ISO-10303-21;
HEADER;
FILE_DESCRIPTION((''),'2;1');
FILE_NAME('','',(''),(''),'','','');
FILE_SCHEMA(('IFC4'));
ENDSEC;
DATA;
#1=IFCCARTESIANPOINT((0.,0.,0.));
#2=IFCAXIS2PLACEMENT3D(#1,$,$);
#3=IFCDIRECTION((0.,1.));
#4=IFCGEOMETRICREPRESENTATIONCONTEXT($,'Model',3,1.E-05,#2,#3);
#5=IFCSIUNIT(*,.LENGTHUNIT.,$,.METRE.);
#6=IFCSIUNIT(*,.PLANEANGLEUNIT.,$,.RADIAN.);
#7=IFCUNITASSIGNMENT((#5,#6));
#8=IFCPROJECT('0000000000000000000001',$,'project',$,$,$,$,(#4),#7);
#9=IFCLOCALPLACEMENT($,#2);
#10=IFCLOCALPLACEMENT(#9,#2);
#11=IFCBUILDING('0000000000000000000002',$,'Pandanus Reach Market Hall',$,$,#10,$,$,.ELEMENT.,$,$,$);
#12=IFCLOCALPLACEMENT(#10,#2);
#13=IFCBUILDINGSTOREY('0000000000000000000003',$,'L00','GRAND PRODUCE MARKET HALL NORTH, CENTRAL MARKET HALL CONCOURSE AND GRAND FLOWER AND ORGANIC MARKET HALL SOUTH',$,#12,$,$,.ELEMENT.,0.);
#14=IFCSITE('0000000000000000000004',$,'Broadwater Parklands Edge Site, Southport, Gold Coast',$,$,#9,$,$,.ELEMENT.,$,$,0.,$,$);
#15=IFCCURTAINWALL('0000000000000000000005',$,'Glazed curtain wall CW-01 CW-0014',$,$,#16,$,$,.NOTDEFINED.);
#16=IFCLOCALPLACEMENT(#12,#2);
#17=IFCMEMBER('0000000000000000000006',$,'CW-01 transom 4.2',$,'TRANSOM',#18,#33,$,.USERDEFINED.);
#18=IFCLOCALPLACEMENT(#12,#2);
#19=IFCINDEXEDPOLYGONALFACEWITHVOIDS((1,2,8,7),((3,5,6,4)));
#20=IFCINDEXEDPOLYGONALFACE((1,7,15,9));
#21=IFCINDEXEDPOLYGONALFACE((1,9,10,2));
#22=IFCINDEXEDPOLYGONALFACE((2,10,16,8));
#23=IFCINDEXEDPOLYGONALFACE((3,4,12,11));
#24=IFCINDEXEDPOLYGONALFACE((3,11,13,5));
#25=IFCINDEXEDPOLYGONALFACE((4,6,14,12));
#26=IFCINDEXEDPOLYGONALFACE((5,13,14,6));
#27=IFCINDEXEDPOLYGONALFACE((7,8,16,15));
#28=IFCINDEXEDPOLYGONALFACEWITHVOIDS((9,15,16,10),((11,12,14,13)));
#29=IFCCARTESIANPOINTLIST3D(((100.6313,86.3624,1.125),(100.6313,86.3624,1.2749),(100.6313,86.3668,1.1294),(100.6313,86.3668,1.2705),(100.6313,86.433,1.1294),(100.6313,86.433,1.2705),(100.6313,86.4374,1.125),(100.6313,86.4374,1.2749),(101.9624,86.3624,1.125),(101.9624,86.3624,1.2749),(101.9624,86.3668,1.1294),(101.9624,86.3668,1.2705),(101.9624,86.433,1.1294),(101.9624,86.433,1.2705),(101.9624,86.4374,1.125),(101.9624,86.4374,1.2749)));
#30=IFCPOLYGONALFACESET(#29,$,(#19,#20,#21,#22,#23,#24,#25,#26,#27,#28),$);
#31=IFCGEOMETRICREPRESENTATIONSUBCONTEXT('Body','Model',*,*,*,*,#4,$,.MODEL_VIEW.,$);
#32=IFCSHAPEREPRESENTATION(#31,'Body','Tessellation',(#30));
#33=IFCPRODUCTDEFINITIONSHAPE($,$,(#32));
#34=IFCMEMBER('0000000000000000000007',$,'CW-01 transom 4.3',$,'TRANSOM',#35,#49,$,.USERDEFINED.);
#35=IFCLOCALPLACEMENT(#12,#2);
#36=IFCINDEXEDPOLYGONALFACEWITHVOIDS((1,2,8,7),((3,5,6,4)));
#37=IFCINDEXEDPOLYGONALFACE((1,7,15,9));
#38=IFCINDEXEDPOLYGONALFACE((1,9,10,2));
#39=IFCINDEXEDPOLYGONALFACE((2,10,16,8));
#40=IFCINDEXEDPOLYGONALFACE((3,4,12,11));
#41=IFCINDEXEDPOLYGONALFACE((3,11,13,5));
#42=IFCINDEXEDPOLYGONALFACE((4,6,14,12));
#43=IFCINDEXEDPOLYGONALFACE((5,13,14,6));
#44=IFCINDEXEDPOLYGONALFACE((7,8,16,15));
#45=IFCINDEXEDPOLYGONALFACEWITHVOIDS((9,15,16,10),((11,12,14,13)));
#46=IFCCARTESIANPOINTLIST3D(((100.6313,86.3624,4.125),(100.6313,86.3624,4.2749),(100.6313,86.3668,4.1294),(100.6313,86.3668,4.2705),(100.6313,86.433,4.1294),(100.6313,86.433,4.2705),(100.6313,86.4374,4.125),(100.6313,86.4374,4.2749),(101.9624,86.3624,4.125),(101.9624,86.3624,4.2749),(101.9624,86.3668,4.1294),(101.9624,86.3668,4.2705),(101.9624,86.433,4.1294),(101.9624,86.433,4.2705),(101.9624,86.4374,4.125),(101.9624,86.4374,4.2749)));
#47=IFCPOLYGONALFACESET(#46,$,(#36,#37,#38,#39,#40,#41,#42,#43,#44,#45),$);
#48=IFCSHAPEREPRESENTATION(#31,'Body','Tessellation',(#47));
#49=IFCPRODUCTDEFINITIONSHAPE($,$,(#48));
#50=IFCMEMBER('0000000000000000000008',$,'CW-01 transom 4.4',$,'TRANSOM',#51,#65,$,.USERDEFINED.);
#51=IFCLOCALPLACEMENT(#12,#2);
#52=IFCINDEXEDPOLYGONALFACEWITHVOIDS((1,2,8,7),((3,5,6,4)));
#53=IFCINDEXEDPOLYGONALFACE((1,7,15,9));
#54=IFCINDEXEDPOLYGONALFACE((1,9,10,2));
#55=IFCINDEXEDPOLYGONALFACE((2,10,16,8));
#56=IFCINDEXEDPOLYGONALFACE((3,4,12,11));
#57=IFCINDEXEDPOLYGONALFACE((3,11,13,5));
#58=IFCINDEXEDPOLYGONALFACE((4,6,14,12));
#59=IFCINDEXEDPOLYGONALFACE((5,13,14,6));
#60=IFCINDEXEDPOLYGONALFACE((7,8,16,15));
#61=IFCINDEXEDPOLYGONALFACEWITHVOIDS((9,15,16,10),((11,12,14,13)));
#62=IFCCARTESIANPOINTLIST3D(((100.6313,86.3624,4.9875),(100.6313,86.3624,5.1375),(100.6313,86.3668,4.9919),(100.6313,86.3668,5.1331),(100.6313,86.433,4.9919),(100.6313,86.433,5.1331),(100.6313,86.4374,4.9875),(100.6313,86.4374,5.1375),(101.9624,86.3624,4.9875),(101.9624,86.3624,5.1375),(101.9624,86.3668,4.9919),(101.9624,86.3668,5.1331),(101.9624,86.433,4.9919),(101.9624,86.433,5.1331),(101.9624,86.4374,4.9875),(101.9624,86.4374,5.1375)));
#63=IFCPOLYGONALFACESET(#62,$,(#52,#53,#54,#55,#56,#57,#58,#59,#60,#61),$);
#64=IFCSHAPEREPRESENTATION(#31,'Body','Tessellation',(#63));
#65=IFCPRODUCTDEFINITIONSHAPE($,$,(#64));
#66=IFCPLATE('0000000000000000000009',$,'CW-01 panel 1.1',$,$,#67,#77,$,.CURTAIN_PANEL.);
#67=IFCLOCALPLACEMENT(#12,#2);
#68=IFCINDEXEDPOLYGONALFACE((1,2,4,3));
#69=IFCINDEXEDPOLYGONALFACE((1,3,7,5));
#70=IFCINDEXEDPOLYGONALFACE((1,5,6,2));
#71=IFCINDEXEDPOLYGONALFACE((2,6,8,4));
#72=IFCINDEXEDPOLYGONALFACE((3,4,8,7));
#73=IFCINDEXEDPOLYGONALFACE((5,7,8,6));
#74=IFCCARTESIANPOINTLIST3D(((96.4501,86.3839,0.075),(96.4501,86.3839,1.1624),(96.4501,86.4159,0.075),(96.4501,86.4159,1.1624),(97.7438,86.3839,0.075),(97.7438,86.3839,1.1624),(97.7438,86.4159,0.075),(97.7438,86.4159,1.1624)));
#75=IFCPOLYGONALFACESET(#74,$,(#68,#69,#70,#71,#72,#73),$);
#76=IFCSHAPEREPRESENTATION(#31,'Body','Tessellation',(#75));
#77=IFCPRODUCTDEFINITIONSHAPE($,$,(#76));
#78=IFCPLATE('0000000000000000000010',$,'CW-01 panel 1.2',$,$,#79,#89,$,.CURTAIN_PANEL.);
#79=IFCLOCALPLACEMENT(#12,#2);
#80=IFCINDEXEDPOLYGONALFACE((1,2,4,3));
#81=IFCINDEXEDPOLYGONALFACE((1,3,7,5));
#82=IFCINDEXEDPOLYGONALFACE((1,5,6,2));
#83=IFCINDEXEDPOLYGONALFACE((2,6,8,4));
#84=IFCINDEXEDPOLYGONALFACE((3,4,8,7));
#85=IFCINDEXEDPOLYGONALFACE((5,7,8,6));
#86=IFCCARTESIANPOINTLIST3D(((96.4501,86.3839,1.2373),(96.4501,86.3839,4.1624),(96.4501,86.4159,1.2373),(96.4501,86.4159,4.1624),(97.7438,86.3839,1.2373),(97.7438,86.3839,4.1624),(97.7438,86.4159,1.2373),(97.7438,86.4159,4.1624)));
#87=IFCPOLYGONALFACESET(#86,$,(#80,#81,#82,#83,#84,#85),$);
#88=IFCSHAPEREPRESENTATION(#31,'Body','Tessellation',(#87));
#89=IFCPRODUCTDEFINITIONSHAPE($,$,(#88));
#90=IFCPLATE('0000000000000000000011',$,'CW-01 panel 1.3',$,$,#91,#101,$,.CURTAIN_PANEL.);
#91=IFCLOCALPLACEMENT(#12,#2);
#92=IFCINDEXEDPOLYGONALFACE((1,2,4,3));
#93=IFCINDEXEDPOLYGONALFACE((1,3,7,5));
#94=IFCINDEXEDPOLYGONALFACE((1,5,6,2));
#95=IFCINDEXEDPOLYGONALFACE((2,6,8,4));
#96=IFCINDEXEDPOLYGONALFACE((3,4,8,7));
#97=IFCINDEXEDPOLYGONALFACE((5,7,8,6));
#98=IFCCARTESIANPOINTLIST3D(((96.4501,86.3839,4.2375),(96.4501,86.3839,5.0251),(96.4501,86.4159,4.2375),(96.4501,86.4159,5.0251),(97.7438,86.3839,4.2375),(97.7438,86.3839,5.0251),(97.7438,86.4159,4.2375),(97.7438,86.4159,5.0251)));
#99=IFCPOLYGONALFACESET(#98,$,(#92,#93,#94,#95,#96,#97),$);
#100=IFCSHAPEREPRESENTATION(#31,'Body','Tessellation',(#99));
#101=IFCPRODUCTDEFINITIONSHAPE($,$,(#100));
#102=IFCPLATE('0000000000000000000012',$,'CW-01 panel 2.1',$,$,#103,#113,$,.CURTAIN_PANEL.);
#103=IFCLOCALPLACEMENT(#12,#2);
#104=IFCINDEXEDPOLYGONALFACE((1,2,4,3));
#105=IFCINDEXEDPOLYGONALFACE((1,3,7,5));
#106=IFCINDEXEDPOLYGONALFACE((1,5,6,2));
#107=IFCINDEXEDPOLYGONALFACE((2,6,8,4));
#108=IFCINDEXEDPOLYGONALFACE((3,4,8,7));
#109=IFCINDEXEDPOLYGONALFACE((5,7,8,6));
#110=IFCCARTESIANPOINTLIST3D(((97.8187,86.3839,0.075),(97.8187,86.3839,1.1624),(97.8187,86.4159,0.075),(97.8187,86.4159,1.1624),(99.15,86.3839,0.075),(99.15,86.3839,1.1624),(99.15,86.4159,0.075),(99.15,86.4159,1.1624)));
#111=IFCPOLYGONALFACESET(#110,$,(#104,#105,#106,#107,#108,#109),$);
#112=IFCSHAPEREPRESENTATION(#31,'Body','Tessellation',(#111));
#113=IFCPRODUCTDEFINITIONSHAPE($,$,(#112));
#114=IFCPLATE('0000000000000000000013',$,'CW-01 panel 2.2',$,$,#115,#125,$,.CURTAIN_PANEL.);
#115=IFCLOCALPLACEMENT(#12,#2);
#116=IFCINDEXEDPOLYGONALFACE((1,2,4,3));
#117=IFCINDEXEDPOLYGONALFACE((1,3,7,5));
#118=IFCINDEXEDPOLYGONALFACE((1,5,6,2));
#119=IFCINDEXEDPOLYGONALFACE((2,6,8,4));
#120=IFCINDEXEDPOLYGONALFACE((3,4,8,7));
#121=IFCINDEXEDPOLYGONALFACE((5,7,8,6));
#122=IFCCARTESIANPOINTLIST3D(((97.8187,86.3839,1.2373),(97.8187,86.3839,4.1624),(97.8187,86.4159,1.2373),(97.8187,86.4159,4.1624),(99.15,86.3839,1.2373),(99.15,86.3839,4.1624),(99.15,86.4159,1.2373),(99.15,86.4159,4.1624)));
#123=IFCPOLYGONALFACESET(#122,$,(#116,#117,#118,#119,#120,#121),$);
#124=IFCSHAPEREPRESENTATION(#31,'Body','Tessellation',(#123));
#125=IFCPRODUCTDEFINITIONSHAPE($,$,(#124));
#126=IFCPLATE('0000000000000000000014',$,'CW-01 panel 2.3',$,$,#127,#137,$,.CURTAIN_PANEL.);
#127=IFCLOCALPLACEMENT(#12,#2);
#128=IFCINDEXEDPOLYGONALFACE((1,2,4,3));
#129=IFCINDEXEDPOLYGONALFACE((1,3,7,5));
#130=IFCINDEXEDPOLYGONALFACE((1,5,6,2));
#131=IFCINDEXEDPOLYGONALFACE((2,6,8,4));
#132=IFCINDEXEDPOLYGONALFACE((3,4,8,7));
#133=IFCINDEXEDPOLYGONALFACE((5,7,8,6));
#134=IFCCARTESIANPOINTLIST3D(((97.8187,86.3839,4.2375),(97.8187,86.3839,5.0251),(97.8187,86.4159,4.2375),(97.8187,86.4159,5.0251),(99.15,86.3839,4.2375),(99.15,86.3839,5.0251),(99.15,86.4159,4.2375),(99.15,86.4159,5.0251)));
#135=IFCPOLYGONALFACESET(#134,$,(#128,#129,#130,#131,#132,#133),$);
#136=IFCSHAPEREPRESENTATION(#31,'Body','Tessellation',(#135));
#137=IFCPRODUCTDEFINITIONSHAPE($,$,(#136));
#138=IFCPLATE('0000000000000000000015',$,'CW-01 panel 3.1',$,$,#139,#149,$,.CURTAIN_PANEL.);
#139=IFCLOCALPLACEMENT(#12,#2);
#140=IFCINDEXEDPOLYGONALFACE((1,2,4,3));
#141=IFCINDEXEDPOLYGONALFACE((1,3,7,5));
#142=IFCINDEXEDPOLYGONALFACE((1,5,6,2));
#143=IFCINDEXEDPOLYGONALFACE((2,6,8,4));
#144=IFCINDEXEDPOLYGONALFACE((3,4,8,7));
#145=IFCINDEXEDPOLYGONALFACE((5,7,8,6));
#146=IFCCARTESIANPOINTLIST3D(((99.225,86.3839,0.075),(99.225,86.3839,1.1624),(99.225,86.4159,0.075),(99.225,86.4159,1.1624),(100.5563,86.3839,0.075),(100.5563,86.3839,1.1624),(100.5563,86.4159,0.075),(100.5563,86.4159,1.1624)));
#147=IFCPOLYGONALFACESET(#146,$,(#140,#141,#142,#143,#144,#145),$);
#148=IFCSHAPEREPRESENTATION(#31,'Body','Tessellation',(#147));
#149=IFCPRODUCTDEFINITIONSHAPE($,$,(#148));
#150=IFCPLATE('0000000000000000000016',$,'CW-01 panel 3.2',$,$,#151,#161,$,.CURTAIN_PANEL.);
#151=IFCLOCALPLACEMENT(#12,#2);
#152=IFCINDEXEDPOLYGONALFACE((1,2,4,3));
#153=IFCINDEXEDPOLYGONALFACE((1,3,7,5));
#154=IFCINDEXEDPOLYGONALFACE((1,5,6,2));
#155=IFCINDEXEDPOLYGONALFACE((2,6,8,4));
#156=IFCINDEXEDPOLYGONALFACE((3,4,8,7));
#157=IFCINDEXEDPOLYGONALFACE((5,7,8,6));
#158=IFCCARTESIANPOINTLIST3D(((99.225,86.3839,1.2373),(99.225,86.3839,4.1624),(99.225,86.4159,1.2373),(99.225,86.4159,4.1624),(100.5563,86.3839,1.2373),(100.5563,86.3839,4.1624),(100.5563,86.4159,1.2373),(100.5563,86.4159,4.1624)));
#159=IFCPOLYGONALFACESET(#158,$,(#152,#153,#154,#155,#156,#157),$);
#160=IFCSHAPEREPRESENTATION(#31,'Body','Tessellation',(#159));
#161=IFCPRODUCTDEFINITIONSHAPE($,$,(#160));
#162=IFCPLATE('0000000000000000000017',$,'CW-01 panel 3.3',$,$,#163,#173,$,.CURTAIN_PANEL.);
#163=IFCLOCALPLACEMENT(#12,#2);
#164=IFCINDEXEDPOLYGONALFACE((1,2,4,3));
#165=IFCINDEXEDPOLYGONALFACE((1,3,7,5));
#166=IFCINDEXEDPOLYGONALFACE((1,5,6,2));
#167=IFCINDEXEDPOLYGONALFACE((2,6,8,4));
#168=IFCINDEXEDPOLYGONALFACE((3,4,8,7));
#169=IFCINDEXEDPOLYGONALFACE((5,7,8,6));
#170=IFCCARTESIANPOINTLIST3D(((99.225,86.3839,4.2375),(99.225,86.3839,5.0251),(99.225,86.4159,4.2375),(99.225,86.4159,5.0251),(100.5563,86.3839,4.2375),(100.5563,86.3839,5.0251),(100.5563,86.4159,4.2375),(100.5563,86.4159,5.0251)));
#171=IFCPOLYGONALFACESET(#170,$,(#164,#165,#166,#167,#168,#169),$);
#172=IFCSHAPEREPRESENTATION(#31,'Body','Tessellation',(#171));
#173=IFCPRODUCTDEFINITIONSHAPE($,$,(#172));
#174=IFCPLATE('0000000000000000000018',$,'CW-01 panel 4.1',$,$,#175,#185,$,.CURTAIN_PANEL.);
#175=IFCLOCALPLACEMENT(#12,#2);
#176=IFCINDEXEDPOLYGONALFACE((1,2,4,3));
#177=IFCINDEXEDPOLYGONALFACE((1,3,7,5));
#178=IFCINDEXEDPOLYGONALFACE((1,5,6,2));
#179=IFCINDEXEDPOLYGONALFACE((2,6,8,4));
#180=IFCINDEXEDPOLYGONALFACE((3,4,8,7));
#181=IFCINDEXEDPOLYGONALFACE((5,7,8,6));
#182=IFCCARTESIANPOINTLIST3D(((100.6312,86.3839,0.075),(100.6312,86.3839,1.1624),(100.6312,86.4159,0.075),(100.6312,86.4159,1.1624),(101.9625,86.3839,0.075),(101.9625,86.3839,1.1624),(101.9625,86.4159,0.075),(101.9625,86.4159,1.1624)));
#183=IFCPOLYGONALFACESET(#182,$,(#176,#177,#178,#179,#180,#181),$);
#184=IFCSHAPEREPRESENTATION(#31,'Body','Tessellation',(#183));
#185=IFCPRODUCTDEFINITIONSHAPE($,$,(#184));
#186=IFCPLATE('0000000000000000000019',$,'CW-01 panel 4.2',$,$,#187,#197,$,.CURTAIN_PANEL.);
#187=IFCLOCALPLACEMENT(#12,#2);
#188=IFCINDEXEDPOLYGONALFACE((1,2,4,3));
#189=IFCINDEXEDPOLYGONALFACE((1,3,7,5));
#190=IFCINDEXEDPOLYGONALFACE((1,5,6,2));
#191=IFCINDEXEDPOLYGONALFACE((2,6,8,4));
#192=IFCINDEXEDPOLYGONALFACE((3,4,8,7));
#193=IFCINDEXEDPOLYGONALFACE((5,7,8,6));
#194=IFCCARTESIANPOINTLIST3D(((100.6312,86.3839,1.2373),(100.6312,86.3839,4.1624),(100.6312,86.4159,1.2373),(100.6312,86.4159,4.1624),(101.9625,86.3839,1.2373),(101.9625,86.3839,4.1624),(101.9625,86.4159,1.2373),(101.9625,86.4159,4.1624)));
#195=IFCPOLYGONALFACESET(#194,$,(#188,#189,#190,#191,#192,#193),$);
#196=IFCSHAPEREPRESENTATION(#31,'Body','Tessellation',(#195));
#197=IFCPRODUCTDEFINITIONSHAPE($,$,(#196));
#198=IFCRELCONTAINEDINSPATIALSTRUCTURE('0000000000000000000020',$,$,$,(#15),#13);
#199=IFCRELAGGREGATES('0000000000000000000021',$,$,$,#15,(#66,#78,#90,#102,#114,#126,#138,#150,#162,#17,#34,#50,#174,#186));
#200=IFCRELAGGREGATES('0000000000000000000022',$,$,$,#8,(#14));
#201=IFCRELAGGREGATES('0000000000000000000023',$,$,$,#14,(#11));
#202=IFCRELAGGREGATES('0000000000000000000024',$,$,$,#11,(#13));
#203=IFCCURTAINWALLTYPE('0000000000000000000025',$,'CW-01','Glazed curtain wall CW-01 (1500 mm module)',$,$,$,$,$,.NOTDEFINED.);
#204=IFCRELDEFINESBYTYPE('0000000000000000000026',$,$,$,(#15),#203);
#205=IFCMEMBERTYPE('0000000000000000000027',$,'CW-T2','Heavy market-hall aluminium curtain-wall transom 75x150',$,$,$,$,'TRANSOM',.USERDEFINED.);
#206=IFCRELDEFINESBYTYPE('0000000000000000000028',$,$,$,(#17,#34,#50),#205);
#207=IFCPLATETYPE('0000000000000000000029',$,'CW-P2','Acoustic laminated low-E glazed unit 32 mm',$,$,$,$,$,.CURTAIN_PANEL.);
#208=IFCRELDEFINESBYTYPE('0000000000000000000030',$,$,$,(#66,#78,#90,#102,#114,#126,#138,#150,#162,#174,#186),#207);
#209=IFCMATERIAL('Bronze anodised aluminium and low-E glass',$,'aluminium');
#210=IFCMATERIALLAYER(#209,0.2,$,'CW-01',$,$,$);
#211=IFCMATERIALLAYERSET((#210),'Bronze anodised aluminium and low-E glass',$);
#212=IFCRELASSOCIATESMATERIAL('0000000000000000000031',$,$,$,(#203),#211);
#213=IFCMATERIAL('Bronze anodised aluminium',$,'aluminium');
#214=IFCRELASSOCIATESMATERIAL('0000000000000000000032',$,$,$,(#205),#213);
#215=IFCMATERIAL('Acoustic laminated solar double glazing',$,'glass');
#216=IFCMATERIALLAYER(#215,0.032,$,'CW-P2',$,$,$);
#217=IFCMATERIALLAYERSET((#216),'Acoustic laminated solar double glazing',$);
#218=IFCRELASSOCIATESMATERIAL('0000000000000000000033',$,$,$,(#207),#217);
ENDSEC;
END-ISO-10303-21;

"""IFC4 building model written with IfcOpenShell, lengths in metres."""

from ifc_helpers import new_model, si_unit, direction, frame, origin, origin_2d, place, context, subcontext, project, spatial, rectangle, hollow_rectangle, extrude, material, layer, layer_set, material_profile, profile_set, type_object, element, aggregate, save


model = new_model("IFC4")

# Units and contexts
model_context = context("Model", 3, precision=1e-05, world=origin(), true_north=direction((0.0, 1.0)))
body_context = subcontext(model_context, "Body", "Model", "MODEL_VIEW")
ifc_project = project(units=[si_unit("LENGTHUNIT", "METRE"), si_unit("PLANEANGLEUNIT", "RADIAN")], contexts=[model_context])

# Site, building, storey
site_placement = place(None, origin())
site = spatial("IfcSite", under=ifc_project, at=site_placement, Name="Broadwater Parklands Edge Site, Southport, Gold Coast", CompositionType="ELEMENT", RefElevation=0.0)
building_placement = place(site_placement, origin())
building = spatial("IfcBuilding", under=site, at=building_placement, Name="Pandanus Reach Market Hall", CompositionType="ELEMENT")
storey_placement = place(building_placement, origin())
storey = spatial("IfcBuildingStorey", under=building, at=storey_placement, Name="L00", Description="GRAND PRODUCE MARKET HALL NORTH, CENTRAL MARKET HALL CONCOURSE AND GRAND FLOWER AND ORGANIC MARKET HALL SOUTH", CompositionType="ELEMENT", Elevation=0.0)

# Curtain wall, members, plates
ifc_material_1 = material(Name="Bronze anodised aluminium and low-E glass", Category="aluminium")
ifc_layer_1 = layer(ifc_material_1, 0.2, Name="CW-01")
ifc_layer_set_1 = layer_set([ifc_layer_1], Name="Bronze anodised aluminium and low-E glass")
curtain_wall_type = type_object("IfcCurtainWallType", Name="CW-01", Description="Glazed curtain wall CW-01 (1500 mm module)", PredefinedType="NOTDEFINED", material=ifc_layer_set_1)
curtain_wall_placement = place(storey_placement, origin())
curtain_wall = element("IfcCurtainWall", 1, at=curtain_wall_placement, inside=storey, type_object=curtain_wall_type, Name="Glazed curtain wall CW-01 CW-0014", PredefinedType="NOTDEFINED")
ifc_material_2 = material(Name="Bronze anodised aluminium", Category="aluminium")
ifc_material_profile_1 = material_profile(ifc_material_2, hollow_rectangle(XDim=0.075, YDim=0.1499, WallThickness=0.0044, at=origin_2d()), Name="ALU75x150", Category="LoadBearing")
ifc_profile_set_1 = profile_set([ifc_material_profile_1], Name="Bronze anodised aluminium")
member_type_1 = type_object("IfcMemberType", Name="CW-T2", Description="Heavy market-hall aluminium curtain-wall transom 75x150", ElementType="TRANSOM", PredefinedType="USERDEFINED", material=ifc_profile_set_1)
member_1_placement = place(storey_placement, frame((100.6313, 86.3999, 1.2), z_axis=(1.0, 0.0, 0.0), x_axis=(0.0, 1.0, 0.0)))
member_1 = element("IfcMember", 2, at=member_1_placement, type_object=member_type_1, Name="CW-01 transom 4.2", ObjectType="TRANSOM", PredefinedType="USERDEFINED", context=body_context, shape_type="SweptSolid", body=[
    extrude(hollow_rectangle(XDim=0.075, YDim=0.1499, WallThickness=0.0044, at=origin_2d()), origin(), (0.0, 0.0, 1.0), 1.3311),
])
member_2_placement = place(storey_placement, frame((100.6313, 86.3999, 4.2), z_axis=(1.0, 0.0, 0.0), x_axis=(0.0, 1.0, 0.0)))
member_2 = element("IfcMember", 3, at=member_2_placement, type_object=member_type_1, Name="CW-01 transom 4.3", ObjectType="TRANSOM", PredefinedType="USERDEFINED", context=body_context, shape_type="SweptSolid", body=[
    extrude(hollow_rectangle(XDim=0.075, YDim=0.1499, WallThickness=0.0044, at=origin_2d()), origin(), (0.0, 0.0, 1.0), 1.3311),
])
member_3_placement = place(storey_placement, frame((100.6313, 86.3999, 5.0625), z_axis=(1.0, 0.0, 0.0), x_axis=(0.0, 1.0, 0.0)))
member_3 = element("IfcMember", 4, at=member_3_placement, type_object=member_type_1, Name="CW-01 transom 4.4", ObjectType="TRANSOM", PredefinedType="USERDEFINED", context=body_context, shape_type="SweptSolid", body=[
    extrude(hollow_rectangle(XDim=0.075, YDim=0.1499, WallThickness=0.0044, at=origin_2d()), origin(), (0.0, 0.0, 1.0), 1.3311),
])
ifc_material_3 = material(Name="Acoustic laminated solar double glazing", Category="glass")
ifc_layer_2 = layer(ifc_material_3, 0.032, Name="CW-P2")
ifc_layer_set_2 = layer_set([ifc_layer_2], Name="Acoustic laminated solar double glazing")
plate_type = type_object("IfcPlateType", Name="CW-P2", Description="Acoustic laminated low-E glazed unit 32 mm", PredefinedType="CURTAIN_PANEL", material=ifc_layer_set_2)
plate_1_placement = place(storey_placement, frame((97.0969, 86.3999, 0.075), z_axis=(0.0, 0.0, 1.0), x_axis=(1.0, 0.0, 0.0)))
plate_1 = element("IfcPlate", 5, at=plate_1_placement, type_object=plate_type, Name="CW-01 panel 1.1", PredefinedType="CURTAIN_PANEL", context=body_context, shape_type="SweptSolid", body=[
    extrude(rectangle(XDim=1.2937, YDim=0.032, at=origin_2d()), origin(), (0.0, 0.0, 1.0), 1.0874),
])
plate_2_placement = place(storey_placement, frame((97.0969, 86.3999, 1.2373), z_axis=(0.0, 0.0, 1.0), x_axis=(1.0, 0.0, 0.0)))
plate_2 = element("IfcPlate", 6, at=plate_2_placement, type_object=plate_type, Name="CW-01 panel 1.2", PredefinedType="CURTAIN_PANEL", context=body_context, shape_type="SweptSolid", body=[
    extrude(rectangle(XDim=1.2937, YDim=0.032, at=origin_2d()), origin(), (0.0, 0.0, 1.0), 2.925),
])
plate_3_placement = place(storey_placement, frame((97.0969, 86.3999, 4.2375), z_axis=(0.0, 0.0, 1.0), x_axis=(1.0, 0.0, 0.0)))
plate_3 = element("IfcPlate", 7, at=plate_3_placement, type_object=plate_type, Name="CW-01 panel 1.3", PredefinedType="CURTAIN_PANEL", context=body_context, shape_type="SweptSolid", body=[
    extrude(rectangle(XDim=1.2937, YDim=0.032, at=origin_2d()), origin(), (0.0, 0.0, 1.0), 0.7876),
])
plate_4_placement = place(storey_placement, frame((98.4844, 86.3999, 0.075), z_axis=(0.0, 0.0, 1.0), x_axis=(1.0, 0.0, 0.0)))
plate_4 = element("IfcPlate", 8, at=plate_4_placement, type_object=plate_type, Name="CW-01 panel 2.1", PredefinedType="CURTAIN_PANEL", context=body_context, shape_type="SweptSolid", body=[
    extrude(rectangle(XDim=1.3313, YDim=0.032, at=origin_2d()), origin(), (0.0, 0.0, 1.0), 1.0874),
])
plate_5_placement = place(storey_placement, frame((98.4844, 86.3999, 1.2373), z_axis=(0.0, 0.0, 1.0), x_axis=(1.0, 0.0, 0.0)))
plate_5 = element("IfcPlate", 9, at=plate_5_placement, type_object=plate_type, Name="CW-01 panel 2.2", PredefinedType="CURTAIN_PANEL", context=body_context, shape_type="SweptSolid", body=[
    extrude(rectangle(XDim=1.3313, YDim=0.032, at=origin_2d()), origin(), (0.0, 0.0, 1.0), 2.925),
])
plate_6_placement = place(storey_placement, frame((98.4844, 86.3999, 4.2375), z_axis=(0.0, 0.0, 1.0), x_axis=(1.0, 0.0, 0.0)))
plate_6 = element("IfcPlate", 10, at=plate_6_placement, type_object=plate_type, Name="CW-01 panel 2.3", PredefinedType="CURTAIN_PANEL", context=body_context, shape_type="SweptSolid", body=[
    extrude(rectangle(XDim=1.3313, YDim=0.032, at=origin_2d()), origin(), (0.0, 0.0, 1.0), 0.7876),
])
plate_7_placement = place(storey_placement, frame((99.8906, 86.3999, 0.075), z_axis=(0.0, 0.0, 1.0), x_axis=(1.0, 0.0, 0.0)))
plate_7 = element("IfcPlate", 11, at=plate_7_placement, type_object=plate_type, Name="CW-01 panel 3.1", PredefinedType="CURTAIN_PANEL", context=body_context, shape_type="SweptSolid", body=[
    extrude(rectangle(XDim=1.3313, YDim=0.032, at=origin_2d()), origin(), (0.0, 0.0, 1.0), 1.0874),
])
plate_8_placement = place(storey_placement, frame((99.8906, 86.3999, 1.2373), z_axis=(0.0, 0.0, 1.0), x_axis=(1.0, 0.0, 0.0)))
plate_8 = element("IfcPlate", 12, at=plate_8_placement, type_object=plate_type, Name="CW-01 panel 3.2", PredefinedType="CURTAIN_PANEL", context=body_context, shape_type="SweptSolid", body=[
    extrude(rectangle(XDim=1.3313, YDim=0.032, at=origin_2d()), origin(), (0.0, 0.0, 1.0), 2.925),
])
plate_9_placement = place(storey_placement, frame((99.8906, 86.3999, 4.2375), z_axis=(0.0, 0.0, 1.0), x_axis=(1.0, 0.0, 0.0)))
plate_9 = element("IfcPlate", 13, at=plate_9_placement, type_object=plate_type, Name="CW-01 panel 3.3", PredefinedType="CURTAIN_PANEL", context=body_context, shape_type="SweptSolid", body=[
    extrude(rectangle(XDim=1.3313, YDim=0.032, at=origin_2d()), origin(), (0.0, 0.0, 1.0), 0.7876),
])
plate_10_placement = place(storey_placement, frame((101.2969, 86.3999, 0.075), z_axis=(0.0, 0.0, 1.0), x_axis=(1.0, 0.0, 0.0)))
plate_10 = element("IfcPlate", 14, at=plate_10_placement, type_object=plate_type, Name="CW-01 panel 4.1", PredefinedType="CURTAIN_PANEL", context=body_context, shape_type="SweptSolid", body=[
    extrude(rectangle(XDim=1.3313, YDim=0.032, at=origin_2d()), origin(), (0.0, 0.0, 1.0), 1.0874),
])
plate_11_placement = place(storey_placement, frame((101.2969, 86.3999, 1.2373), z_axis=(0.0, 0.0, 1.0), x_axis=(1.0, 0.0, 0.0)))
plate_11 = element("IfcPlate", 15, at=plate_11_placement, type_object=plate_type, Name="CW-01 panel 4.2", PredefinedType="CURTAIN_PANEL", context=body_context, shape_type="SweptSolid", body=[
    extrude(rectangle(XDim=1.3313, YDim=0.032, at=origin_2d()), origin(), (0.0, 0.0, 1.0), 2.925),
])
aggregate(curtain_wall, [plate_1, plate_2, plate_3, plate_4, plate_5, plate_6, plate_7, plate_8, plate_9, member_1, member_2, member_3, plate_10, plate_11])

save(model, "model.ifc")
